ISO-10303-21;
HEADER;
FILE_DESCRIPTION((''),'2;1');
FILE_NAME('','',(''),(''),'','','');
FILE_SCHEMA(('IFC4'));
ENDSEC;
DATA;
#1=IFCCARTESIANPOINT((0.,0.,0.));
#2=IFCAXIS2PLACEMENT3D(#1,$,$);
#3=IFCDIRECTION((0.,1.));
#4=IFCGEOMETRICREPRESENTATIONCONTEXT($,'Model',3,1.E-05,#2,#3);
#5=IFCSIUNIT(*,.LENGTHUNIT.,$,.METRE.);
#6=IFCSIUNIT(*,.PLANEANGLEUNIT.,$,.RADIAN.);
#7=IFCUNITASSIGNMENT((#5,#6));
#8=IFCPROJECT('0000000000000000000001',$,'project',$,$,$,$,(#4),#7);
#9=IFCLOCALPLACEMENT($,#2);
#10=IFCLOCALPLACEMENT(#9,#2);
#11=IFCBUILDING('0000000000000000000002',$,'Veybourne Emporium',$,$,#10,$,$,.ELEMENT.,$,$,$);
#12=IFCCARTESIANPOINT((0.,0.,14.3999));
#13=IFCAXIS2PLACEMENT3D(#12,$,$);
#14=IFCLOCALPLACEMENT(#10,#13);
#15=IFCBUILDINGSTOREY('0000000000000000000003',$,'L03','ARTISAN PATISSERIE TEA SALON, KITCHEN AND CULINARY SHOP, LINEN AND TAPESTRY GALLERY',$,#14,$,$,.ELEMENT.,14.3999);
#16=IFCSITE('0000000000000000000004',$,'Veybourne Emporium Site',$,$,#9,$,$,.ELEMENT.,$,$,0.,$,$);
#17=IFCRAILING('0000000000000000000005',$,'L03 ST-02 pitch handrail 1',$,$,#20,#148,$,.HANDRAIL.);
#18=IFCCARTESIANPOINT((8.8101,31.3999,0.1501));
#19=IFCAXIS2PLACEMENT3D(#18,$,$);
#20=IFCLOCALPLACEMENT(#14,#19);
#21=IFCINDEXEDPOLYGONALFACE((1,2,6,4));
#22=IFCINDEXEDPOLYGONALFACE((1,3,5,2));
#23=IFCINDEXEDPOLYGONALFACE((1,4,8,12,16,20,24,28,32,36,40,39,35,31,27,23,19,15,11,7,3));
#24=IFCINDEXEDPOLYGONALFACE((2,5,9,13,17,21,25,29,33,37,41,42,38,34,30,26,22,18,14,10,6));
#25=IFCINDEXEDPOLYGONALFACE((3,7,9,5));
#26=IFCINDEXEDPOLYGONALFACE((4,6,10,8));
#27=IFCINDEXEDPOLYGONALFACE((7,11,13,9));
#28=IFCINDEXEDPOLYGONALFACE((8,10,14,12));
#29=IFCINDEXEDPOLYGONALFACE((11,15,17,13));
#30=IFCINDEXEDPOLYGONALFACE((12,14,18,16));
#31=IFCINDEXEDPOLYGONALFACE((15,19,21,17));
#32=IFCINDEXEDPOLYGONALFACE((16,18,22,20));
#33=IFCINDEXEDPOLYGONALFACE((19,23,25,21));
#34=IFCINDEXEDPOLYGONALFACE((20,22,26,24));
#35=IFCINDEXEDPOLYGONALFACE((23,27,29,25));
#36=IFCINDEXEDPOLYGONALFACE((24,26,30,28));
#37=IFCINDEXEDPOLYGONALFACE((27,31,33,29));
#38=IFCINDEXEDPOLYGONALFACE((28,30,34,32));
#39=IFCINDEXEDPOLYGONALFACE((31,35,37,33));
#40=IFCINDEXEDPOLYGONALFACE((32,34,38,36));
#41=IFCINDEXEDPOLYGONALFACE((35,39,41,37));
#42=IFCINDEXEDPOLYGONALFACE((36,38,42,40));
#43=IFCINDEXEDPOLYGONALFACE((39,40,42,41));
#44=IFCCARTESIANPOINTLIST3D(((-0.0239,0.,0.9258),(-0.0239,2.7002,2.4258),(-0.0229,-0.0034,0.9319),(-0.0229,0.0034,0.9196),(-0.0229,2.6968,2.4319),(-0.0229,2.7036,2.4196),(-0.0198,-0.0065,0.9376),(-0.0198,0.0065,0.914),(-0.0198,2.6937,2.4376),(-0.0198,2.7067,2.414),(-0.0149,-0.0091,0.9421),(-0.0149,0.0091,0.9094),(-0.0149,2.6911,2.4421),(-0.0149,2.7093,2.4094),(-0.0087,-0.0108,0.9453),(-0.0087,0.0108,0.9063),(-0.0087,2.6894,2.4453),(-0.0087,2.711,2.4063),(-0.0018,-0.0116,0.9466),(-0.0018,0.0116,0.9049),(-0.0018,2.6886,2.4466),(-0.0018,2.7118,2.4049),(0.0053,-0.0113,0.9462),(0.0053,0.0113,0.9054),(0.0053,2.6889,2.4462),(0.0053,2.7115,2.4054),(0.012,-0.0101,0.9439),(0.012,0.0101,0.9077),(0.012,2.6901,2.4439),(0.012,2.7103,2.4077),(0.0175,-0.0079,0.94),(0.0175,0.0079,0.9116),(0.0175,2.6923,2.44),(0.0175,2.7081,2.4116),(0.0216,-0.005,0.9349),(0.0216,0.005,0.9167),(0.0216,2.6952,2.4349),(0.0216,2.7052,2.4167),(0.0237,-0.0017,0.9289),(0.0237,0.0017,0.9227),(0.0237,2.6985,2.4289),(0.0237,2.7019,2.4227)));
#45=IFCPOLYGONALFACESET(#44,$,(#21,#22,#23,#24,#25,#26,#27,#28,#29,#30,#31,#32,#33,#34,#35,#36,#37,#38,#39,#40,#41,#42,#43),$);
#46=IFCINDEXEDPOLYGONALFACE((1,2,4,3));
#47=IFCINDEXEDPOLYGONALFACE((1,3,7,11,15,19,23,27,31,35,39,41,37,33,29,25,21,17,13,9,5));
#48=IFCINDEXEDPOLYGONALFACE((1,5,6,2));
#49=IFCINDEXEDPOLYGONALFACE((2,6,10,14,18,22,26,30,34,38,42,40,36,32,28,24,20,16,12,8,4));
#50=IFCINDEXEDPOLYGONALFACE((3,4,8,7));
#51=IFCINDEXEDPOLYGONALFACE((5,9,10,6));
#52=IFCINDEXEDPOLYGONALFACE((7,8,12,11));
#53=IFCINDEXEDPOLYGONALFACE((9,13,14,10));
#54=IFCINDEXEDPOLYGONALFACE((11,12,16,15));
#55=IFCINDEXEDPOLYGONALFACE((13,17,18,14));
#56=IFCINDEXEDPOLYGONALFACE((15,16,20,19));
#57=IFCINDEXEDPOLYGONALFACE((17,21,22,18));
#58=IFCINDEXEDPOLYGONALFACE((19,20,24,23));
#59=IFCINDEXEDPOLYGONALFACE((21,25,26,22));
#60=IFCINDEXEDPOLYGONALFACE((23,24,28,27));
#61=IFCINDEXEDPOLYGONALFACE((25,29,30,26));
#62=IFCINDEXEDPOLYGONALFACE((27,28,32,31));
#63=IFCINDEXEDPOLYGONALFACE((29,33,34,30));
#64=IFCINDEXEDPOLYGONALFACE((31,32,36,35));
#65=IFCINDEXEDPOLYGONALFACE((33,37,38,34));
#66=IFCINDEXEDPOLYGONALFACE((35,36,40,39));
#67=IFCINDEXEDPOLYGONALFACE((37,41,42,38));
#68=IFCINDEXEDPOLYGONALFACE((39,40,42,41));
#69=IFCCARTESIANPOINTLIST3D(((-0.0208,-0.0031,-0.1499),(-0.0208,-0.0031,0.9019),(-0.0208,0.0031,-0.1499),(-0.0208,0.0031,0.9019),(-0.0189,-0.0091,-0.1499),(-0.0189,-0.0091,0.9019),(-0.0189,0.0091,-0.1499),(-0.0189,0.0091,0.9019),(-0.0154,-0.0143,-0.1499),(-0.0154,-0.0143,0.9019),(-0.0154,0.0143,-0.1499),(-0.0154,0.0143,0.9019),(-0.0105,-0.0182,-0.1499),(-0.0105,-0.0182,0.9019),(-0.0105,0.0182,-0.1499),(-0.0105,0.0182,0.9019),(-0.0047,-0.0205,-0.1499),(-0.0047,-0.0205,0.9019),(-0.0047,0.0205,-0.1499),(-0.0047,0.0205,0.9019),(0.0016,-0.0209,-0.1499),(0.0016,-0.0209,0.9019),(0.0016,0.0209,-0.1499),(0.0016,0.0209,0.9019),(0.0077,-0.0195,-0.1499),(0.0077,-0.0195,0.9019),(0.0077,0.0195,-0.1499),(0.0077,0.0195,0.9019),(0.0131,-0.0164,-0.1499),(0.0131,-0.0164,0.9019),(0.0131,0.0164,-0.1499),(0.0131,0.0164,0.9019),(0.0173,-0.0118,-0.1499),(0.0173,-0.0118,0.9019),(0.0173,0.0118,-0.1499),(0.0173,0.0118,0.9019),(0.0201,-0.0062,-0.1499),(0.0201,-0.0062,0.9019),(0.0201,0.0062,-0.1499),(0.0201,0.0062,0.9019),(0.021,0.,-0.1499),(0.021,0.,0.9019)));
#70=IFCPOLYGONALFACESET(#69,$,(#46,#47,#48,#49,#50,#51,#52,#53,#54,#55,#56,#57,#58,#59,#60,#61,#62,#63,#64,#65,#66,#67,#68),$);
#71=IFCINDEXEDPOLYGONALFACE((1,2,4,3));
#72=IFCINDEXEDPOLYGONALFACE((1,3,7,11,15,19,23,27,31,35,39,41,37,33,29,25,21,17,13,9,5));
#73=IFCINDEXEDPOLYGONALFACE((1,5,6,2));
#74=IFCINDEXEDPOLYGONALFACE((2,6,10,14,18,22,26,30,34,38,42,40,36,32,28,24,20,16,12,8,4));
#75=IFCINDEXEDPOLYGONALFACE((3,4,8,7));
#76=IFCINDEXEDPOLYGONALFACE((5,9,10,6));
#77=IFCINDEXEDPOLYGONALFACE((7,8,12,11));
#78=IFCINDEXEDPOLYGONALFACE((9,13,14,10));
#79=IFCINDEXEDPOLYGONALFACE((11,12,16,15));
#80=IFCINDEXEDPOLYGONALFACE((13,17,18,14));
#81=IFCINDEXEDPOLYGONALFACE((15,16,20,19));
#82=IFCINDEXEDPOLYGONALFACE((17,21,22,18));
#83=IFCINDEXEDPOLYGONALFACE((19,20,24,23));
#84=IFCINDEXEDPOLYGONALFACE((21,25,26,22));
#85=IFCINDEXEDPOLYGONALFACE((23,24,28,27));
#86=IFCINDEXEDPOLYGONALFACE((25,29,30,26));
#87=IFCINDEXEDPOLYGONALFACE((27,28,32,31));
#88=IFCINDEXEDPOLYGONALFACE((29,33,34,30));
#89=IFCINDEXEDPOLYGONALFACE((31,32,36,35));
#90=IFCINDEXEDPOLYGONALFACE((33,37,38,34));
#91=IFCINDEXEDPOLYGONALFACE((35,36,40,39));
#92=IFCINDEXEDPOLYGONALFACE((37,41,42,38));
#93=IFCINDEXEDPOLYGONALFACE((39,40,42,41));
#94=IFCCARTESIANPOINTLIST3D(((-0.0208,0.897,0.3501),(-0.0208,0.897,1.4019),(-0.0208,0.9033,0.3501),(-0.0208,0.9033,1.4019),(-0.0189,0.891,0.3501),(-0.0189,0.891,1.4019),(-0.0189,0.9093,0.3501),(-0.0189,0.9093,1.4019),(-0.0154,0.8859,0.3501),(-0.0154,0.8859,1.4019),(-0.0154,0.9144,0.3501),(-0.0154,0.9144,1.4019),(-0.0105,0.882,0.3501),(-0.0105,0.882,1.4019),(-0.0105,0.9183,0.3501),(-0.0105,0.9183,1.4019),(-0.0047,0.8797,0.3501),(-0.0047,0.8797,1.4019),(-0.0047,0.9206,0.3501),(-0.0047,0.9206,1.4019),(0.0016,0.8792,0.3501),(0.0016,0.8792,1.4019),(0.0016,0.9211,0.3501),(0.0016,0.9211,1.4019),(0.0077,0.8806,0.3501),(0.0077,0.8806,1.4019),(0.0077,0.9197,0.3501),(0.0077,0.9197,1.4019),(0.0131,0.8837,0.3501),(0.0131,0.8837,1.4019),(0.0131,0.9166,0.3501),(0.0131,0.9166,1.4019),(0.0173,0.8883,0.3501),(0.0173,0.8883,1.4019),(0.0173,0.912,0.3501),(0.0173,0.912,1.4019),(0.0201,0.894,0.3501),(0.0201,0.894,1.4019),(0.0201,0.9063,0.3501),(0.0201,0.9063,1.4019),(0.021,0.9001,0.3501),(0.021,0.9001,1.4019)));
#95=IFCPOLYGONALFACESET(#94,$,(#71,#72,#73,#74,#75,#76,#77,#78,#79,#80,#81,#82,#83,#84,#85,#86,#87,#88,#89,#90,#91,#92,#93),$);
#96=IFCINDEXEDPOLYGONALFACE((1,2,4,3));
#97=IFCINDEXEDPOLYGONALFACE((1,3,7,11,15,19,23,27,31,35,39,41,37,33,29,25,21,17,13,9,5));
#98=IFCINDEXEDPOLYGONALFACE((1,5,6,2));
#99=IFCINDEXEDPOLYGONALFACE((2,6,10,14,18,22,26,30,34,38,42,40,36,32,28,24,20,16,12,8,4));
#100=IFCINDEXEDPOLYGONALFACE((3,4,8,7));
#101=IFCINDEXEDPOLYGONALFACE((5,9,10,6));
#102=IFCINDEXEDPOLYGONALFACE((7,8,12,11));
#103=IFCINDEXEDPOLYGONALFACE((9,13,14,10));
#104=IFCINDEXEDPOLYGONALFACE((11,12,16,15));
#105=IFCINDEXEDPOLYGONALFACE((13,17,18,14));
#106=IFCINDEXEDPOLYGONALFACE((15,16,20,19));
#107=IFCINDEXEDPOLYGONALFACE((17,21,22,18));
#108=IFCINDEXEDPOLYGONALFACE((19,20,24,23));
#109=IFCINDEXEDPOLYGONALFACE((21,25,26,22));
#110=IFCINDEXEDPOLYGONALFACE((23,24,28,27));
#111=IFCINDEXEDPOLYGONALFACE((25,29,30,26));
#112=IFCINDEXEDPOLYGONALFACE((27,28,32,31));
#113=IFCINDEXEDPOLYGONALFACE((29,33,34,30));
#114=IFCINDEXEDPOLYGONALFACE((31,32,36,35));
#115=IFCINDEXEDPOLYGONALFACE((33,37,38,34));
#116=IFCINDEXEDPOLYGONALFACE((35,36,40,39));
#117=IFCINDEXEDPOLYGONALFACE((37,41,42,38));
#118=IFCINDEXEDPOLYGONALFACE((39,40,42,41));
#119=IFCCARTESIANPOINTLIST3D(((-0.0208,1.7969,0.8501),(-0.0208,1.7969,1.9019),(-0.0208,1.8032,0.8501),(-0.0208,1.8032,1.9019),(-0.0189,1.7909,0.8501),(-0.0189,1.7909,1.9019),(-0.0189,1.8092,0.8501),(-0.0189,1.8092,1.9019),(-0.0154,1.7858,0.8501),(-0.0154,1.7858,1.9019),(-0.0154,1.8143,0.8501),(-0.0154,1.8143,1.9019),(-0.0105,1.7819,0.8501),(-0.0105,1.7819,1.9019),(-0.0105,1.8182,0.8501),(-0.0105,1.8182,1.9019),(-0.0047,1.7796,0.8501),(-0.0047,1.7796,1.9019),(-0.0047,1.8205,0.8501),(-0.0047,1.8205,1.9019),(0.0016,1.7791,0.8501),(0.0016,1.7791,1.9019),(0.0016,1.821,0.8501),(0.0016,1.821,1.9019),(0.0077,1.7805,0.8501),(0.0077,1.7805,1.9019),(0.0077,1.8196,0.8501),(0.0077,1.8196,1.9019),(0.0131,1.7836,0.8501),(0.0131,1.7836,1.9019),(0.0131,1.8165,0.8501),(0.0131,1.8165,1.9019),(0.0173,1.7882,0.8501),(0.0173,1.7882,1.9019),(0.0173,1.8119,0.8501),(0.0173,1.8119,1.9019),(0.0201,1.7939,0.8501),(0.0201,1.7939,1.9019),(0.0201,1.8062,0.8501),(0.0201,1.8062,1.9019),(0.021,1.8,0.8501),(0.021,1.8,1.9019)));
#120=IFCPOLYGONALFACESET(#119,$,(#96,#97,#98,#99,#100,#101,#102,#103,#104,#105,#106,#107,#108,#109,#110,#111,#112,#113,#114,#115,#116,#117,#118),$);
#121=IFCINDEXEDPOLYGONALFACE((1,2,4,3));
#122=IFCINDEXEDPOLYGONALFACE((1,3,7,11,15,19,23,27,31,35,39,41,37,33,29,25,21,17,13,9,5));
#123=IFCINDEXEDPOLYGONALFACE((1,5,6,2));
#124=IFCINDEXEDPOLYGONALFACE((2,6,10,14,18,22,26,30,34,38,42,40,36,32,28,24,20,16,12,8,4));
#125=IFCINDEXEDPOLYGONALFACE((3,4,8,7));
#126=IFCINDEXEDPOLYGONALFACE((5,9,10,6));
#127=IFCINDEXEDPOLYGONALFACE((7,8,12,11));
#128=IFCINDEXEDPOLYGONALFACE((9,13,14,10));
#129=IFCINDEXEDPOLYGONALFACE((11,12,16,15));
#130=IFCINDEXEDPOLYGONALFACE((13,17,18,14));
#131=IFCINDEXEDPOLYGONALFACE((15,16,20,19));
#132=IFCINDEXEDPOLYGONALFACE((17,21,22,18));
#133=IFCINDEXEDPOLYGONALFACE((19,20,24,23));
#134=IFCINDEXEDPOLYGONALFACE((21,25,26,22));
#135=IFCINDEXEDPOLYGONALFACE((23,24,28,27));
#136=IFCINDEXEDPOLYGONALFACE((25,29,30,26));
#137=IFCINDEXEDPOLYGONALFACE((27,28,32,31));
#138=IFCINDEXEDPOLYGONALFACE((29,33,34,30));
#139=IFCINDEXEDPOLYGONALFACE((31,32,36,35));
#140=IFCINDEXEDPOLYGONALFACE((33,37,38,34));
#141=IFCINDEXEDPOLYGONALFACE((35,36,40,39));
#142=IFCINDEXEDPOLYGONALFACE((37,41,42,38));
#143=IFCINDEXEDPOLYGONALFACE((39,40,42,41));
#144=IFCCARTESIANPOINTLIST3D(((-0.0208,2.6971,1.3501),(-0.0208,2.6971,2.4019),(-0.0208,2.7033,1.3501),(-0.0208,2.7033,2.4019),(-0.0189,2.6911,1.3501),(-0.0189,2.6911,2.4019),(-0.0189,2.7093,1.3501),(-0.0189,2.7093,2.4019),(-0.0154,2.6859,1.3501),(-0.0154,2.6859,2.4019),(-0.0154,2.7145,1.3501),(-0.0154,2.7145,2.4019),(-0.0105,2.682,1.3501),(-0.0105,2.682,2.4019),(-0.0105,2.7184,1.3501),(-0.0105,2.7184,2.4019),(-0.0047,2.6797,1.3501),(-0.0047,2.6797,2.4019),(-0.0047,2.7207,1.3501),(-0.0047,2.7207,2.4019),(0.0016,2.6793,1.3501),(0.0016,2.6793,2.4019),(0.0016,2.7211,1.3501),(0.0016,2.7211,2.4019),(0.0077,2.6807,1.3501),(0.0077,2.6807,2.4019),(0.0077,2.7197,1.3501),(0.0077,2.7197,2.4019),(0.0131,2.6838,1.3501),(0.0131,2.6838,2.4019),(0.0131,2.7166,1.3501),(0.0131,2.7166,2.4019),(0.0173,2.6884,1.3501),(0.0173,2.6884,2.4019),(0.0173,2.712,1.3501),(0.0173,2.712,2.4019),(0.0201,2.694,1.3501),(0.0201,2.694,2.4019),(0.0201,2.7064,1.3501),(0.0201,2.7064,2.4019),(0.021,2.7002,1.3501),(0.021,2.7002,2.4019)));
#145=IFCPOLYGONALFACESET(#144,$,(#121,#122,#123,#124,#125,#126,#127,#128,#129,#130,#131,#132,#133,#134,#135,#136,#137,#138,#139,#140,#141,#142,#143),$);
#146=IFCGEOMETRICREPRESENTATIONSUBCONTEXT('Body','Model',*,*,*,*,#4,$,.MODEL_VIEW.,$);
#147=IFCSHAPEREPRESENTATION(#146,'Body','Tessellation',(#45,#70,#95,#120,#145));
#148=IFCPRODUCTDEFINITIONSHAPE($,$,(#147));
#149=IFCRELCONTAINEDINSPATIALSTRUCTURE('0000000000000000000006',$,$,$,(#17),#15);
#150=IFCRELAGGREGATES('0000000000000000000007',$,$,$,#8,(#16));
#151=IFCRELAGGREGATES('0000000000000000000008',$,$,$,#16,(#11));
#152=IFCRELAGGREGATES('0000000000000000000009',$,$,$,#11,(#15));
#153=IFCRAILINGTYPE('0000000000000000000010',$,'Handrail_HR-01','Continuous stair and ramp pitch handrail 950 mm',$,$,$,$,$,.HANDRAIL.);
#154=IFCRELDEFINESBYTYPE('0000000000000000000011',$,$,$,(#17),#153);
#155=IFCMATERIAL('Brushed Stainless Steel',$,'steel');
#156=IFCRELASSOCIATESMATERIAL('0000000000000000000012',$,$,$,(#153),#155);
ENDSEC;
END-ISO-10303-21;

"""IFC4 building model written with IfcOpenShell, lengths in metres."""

from ifc_helpers import new_model, si_unit, direction, frame, origin, origin_2d, place, context, subcontext, project, spatial, circle, extrude, material, type_object, element, save


model = new_model("IFC4")

# Units and contexts
model_context = context("Model", 3, precision=1e-05, world=origin(), true_north=direction((0.0, 1.0)))
body_context = subcontext(model_context, "Body", "Model", "MODEL_VIEW")
ifc_project = project(units=[si_unit("LENGTHUNIT", "METRE"), si_unit("PLANEANGLEUNIT", "RADIAN")], contexts=[model_context])

# Site, building, storey
site_placement = place(None, origin())
site = spatial("IfcSite", under=ifc_project, at=site_placement, Name="Veybourne Emporium Site", CompositionType="ELEMENT", RefElevation=0.0)
building_placement = place(site_placement, origin())
building = spatial("IfcBuilding", under=site, at=building_placement, Name="Veybourne Emporium", CompositionType="ELEMENT")
storey_placement = place(building_placement, frame((0.0, 0.0, 14.3999)))
storey = spatial("IfcBuildingStorey", under=building, at=storey_placement, Name="L03", Description="ARTISAN PATISSERIE TEA SALON, KITCHEN AND CULINARY SHOP, LINEN AND TAPESTRY GALLERY", CompositionType="ELEMENT", Elevation=14.3999)

# Railing
ifc_material_1 = material(Name="Brushed Stainless Steel", Category="steel")
railing_type_1 = type_object("IfcRailingType", Name="Handrail_HR-01", Description="Continuous stair and ramp pitch handrail 950 mm", PredefinedType="HANDRAIL", material=ifc_material_1)
railing_1_placement = place(storey_placement, frame((8.8101, 31.3999, 0.1501)))
element("IfcRailing", 1, at=railing_1_placement, inside=storey, type_object=railing_type_1, Name="L03 ST-02 pitch handrail 1", PredefinedType="HANDRAIL", context=body_context, shape_type="SweptSolid", body=[
    extrude(circle(Radius=0.0239, at=origin_2d()), frame((0.0, 0.0, 0.9258), z_axis=(0.0, 0.874172, 0.485616), x_axis=(-1.0, 0.0, 0.0)), (0.0, 0.0, 1.0), 3.0889),
    extrude(circle(Radius=0.021, at=origin_2d()), frame((0.0, 0.0, -0.1499)), (0.0, 0.0, 1.0), 1.0518),
    extrude(circle(Radius=0.021, at=origin_2d()), frame((0.0, 0.9001, 0.3501)), (0.0, 0.0, 1.0), 1.0518),
    extrude(circle(Radius=0.021, at=origin_2d()), frame((0.0, 1.8, 0.8501)), (0.0, 0.0, 1.0), 1.0518),
    extrude(circle(Radius=0.021, at=origin_2d()), frame((0.0, 2.7002, 1.3501)), (0.0, 0.0, 1.0), 1.0518),
])

save(model, "model.ifc")
